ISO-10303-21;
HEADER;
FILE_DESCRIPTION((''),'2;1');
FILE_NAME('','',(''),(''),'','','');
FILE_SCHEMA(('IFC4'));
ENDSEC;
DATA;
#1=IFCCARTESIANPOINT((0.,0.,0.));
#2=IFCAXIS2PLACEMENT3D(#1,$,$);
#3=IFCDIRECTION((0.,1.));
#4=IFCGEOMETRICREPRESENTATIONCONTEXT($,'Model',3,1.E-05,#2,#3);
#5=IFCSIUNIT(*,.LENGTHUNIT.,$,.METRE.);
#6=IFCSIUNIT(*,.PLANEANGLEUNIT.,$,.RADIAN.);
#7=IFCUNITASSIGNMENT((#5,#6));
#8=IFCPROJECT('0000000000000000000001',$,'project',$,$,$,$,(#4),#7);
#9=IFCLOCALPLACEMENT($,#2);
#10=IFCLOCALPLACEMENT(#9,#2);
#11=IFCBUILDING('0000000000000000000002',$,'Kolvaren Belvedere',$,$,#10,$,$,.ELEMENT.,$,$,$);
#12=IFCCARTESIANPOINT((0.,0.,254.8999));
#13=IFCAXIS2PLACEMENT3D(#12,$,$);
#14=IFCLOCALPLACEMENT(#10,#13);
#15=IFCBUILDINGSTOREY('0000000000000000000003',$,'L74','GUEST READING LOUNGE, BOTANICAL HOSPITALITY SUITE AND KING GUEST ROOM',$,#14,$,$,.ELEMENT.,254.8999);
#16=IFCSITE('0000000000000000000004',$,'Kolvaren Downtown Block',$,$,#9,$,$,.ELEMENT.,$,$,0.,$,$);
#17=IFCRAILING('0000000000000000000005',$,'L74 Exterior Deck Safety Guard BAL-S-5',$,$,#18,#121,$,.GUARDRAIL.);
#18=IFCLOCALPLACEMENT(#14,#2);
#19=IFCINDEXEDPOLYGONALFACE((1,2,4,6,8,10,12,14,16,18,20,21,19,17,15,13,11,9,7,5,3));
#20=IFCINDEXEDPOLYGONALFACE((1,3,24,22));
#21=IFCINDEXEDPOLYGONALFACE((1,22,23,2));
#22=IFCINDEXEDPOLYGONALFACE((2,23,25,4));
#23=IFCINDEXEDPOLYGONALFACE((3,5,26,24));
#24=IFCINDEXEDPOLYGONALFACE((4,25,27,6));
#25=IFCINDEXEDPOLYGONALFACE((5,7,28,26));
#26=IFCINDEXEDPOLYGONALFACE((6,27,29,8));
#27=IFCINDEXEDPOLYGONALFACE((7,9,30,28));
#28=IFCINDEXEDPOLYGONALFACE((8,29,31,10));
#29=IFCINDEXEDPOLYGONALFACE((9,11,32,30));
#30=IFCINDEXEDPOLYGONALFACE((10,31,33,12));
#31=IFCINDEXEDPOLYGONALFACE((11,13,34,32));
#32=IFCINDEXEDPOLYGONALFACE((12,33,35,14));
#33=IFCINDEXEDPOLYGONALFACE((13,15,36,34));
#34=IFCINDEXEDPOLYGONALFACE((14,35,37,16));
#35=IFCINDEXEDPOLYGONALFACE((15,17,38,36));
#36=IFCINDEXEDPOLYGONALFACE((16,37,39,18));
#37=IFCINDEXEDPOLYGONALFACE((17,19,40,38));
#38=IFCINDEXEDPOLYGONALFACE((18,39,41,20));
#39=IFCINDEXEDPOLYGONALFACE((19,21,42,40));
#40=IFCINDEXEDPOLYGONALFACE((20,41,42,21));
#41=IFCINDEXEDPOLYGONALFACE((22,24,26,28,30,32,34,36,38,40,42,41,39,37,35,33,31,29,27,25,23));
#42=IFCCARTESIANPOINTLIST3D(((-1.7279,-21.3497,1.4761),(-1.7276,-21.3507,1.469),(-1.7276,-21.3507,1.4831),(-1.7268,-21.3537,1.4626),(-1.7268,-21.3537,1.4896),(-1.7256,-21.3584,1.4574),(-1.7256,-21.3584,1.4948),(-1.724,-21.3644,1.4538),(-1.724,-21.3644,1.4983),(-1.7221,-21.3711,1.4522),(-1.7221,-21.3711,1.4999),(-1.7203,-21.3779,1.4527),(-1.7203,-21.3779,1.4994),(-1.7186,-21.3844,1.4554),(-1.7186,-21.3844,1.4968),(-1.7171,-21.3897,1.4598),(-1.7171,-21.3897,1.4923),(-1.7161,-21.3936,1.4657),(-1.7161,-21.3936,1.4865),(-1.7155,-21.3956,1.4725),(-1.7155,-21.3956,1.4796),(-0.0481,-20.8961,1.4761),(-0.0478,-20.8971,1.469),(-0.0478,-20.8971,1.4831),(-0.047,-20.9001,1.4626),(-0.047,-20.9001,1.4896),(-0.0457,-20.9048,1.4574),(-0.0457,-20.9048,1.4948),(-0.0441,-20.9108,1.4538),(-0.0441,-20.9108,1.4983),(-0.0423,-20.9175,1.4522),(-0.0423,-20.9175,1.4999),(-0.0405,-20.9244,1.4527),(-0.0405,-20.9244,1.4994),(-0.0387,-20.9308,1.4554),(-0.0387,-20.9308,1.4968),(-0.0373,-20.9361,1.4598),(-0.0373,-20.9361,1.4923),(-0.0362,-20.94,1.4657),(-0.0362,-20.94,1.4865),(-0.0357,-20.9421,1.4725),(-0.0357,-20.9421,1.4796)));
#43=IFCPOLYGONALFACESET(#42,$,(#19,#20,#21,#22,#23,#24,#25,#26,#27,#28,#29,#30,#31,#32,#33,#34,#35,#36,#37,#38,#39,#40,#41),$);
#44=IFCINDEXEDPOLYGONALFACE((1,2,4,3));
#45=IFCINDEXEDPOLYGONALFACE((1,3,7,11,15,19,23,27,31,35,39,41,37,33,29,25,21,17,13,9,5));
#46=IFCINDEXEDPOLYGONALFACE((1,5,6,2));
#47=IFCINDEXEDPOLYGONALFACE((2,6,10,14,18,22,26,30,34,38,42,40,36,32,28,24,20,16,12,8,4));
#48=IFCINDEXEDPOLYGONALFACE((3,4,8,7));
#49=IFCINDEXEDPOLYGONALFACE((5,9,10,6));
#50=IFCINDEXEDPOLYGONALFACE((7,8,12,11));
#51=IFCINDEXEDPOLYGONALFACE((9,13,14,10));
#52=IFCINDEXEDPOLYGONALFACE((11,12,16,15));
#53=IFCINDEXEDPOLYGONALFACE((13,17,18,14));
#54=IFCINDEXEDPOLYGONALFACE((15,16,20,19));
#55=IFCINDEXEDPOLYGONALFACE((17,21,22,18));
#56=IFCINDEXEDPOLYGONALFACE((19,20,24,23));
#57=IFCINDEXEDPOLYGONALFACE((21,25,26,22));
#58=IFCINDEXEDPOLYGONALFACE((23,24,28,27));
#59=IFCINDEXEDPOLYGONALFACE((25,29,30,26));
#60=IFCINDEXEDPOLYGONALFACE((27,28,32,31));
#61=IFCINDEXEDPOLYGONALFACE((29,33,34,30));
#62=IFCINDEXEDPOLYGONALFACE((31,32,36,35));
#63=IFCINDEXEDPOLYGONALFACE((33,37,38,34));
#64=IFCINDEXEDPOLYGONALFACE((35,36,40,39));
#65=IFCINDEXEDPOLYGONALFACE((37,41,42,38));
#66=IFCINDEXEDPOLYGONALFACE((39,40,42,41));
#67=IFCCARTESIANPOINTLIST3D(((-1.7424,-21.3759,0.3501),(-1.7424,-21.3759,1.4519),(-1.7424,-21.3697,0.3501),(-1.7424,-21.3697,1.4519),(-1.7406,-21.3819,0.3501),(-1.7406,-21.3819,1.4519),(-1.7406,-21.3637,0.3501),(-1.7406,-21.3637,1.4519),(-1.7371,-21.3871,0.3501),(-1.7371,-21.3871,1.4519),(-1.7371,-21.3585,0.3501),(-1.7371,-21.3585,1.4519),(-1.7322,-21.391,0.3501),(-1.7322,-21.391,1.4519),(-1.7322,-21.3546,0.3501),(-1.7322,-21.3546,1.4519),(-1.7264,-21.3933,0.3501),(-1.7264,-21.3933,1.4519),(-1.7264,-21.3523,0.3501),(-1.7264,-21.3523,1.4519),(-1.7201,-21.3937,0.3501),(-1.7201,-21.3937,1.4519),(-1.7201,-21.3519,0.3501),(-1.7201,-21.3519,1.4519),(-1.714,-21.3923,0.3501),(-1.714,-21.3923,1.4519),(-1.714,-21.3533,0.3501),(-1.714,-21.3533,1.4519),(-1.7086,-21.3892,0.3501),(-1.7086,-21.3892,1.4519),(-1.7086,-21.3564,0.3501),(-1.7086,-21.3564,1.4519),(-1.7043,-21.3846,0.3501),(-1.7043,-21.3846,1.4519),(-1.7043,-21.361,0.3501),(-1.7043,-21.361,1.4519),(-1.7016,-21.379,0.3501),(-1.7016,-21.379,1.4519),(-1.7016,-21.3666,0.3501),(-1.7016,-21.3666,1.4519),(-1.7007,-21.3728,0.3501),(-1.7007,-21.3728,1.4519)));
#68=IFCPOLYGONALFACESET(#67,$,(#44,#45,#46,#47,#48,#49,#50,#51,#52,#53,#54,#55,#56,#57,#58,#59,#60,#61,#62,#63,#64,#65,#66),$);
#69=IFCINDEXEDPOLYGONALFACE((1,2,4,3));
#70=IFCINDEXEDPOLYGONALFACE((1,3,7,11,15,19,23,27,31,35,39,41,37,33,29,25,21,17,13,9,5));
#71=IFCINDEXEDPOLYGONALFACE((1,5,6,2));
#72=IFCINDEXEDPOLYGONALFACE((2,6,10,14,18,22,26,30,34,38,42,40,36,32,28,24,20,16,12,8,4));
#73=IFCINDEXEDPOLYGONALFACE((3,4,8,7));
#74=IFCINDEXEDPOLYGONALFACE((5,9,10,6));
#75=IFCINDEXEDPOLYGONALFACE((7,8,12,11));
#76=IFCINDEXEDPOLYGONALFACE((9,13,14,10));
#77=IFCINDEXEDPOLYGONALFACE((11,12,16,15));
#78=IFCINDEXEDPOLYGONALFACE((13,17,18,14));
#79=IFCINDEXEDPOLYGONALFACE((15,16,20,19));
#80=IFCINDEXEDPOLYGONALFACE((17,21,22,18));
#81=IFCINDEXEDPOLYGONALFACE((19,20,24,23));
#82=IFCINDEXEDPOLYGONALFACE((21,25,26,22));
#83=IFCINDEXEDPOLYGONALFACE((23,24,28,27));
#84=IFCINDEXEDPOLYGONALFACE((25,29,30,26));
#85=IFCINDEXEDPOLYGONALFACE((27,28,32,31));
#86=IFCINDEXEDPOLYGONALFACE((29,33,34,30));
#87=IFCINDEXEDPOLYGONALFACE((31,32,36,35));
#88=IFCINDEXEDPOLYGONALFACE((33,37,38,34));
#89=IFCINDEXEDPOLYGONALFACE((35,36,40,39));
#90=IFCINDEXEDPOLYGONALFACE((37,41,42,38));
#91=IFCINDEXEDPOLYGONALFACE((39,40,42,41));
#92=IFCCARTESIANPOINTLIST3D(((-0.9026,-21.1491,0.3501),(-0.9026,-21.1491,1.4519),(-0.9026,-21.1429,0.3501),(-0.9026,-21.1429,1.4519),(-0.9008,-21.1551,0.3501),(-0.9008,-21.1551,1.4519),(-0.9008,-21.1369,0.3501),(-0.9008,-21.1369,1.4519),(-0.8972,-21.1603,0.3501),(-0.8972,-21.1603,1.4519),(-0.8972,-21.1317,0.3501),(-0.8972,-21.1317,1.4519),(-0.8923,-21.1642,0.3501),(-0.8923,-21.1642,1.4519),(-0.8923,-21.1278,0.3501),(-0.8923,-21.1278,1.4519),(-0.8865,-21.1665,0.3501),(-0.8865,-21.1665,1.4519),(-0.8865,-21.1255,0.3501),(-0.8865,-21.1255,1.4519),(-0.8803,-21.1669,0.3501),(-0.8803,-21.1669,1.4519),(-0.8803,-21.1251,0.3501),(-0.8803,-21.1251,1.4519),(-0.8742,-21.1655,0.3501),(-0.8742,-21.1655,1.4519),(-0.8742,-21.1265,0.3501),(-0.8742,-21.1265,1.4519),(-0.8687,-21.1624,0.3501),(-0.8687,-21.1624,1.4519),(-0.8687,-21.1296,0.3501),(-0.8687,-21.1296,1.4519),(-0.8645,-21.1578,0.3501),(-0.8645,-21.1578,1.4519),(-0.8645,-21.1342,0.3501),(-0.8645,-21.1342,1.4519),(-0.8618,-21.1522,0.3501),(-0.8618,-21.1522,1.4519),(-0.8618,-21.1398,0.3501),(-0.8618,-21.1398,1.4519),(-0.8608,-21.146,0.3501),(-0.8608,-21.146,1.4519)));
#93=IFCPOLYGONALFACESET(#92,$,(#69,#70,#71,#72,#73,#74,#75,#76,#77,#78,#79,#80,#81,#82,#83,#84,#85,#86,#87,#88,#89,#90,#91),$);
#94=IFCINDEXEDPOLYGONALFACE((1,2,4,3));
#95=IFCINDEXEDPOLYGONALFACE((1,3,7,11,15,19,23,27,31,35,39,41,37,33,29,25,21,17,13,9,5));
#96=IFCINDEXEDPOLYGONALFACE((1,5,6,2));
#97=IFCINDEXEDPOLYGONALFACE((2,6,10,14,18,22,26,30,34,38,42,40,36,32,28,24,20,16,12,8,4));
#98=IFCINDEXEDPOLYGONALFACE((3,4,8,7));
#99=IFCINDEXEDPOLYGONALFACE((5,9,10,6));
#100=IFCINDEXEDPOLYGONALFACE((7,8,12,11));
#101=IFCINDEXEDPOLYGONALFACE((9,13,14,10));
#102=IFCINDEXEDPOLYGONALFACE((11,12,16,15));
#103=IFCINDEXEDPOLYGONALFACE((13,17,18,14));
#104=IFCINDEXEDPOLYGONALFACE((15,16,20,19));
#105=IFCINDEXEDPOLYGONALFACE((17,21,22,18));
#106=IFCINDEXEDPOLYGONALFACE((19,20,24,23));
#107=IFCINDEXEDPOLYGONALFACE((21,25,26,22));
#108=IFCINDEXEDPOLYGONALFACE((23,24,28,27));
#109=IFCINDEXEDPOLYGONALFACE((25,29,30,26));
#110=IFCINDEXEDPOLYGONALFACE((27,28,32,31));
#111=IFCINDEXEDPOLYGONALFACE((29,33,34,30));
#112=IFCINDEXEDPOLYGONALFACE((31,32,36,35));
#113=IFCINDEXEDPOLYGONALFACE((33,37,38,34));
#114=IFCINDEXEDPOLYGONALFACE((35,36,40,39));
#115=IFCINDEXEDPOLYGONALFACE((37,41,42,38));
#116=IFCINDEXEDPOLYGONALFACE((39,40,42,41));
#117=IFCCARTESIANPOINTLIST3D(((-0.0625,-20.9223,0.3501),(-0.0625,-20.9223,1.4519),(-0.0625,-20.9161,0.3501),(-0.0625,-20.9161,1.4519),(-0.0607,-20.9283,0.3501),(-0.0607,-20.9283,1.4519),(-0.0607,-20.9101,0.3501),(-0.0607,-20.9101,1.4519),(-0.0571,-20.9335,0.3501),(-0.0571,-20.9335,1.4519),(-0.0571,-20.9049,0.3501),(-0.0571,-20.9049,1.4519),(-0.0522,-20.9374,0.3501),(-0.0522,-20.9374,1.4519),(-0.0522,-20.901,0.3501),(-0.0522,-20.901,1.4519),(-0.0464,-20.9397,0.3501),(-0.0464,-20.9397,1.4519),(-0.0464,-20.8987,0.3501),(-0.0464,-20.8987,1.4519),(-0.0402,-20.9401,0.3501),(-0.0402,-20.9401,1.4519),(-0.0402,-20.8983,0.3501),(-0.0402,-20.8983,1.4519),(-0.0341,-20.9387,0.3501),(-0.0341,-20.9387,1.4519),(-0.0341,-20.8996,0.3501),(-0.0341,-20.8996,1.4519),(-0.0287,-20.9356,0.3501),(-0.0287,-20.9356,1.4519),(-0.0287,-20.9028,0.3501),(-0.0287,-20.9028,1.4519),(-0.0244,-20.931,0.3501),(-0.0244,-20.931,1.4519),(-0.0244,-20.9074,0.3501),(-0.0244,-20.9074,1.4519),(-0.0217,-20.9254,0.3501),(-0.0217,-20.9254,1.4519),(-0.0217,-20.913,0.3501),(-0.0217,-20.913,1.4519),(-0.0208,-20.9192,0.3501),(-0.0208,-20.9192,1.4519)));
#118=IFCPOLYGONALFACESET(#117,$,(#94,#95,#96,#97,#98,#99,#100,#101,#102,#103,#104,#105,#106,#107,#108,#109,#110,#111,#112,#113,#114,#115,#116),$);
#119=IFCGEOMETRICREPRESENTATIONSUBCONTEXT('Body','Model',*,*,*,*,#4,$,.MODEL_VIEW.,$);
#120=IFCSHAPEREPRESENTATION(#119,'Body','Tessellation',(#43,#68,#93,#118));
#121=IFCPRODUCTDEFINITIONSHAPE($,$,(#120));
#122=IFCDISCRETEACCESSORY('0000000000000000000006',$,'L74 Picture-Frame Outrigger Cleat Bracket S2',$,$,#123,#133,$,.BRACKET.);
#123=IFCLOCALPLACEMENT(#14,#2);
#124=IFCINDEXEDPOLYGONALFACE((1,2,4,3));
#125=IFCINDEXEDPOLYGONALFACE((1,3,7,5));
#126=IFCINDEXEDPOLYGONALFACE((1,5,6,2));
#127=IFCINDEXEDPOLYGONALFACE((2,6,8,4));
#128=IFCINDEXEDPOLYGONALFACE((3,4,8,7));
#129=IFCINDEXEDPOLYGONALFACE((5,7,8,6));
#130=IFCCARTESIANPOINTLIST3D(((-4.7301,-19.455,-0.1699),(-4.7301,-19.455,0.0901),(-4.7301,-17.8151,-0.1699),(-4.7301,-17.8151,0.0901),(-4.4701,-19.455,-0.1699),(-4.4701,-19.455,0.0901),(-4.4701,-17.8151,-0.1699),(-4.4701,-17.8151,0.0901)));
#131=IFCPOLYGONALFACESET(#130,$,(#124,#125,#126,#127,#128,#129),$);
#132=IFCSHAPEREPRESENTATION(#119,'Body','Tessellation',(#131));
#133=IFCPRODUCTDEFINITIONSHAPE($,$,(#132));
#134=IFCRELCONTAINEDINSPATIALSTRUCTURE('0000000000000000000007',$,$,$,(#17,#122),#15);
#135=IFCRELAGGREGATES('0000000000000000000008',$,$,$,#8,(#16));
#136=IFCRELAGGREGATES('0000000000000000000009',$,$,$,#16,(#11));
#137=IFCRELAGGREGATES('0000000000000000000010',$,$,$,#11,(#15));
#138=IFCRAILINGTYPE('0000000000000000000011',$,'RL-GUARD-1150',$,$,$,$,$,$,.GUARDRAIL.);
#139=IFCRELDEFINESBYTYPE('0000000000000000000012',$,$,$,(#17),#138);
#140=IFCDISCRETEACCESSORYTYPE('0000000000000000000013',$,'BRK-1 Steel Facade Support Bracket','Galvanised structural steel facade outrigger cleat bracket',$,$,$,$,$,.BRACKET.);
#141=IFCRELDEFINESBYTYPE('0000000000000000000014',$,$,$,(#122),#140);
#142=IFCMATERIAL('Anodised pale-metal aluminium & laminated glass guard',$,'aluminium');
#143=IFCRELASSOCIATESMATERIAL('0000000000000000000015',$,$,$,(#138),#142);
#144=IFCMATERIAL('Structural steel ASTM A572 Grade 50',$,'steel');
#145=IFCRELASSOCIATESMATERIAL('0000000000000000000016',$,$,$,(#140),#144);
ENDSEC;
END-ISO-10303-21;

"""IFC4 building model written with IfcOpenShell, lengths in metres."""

from ifc_helpers import new_model, si_unit, direction, frame, origin, origin_2d, place, context, subcontext, project, spatial, rectangle, circle, extrude, material, type_object, element, save


model = new_model("IFC4")

# Units and contexts
model_context = context("Model", 3, precision=1e-05, world=origin(), true_north=direction((0.0, 1.0)))
body_context = subcontext(model_context, "Body", "Model", "MODEL_VIEW")
ifc_project = project(units=[si_unit("LENGTHUNIT", "METRE"), si_unit("PLANEANGLEUNIT", "RADIAN")], contexts=[model_context])

# Site, building, storey
site_placement = place(None, origin())
site = spatial("IfcSite", under=ifc_project, at=site_placement, Name="Kolvaren Downtown Block", CompositionType="ELEMENT", RefElevation=0.0)
building_placement = place(site_placement, origin())
building = spatial("IfcBuilding", under=site, at=building_placement, Name="Kolvaren Belvedere", CompositionType="ELEMENT")
storey_placement = place(building_placement, frame((0.0, 0.0, 254.8999)))
storey = spatial("IfcBuildingStorey", under=building, at=storey_placement, Name="L74", Description="GUEST READING LOUNGE, BOTANICAL HOSPITALITY SUITE AND KING GUEST ROOM", CompositionType="ELEMENT", Elevation=254.8999)

# Railing
ifc_material_1 = material(Name="Anodised pale-metal aluminium & laminated glass guard", Category="aluminium")
railing_type = type_object("IfcRailingType", Name="RL-GUARD-1150", PredefinedType="GUARDRAIL", material=ifc_material_1)
railing_1_placement = place(storey_placement, frame((-1.7217, -21.3728, 0.3501)))
element("IfcRailing", 1, at=railing_1_placement, inside=storey, type_object=railing_type, Name="L74 Exterior Deck Safety Guard BAL-S-5", PredefinedType="GUARDRAIL", context=body_context, shape_type="SweptSolid", body=[
    extrude(circle(Radius=0.0239, at=origin_2d()), frame((0.0, 0.0, 1.126), z_axis=(0.965424, 0.260683, 0.0), x_axis=(-0.260683, 0.965424, 0.0)), (0.0, 0.0, 1.0), 1.74),
    extrude(circle(Radius=0.021, at=origin_2d()), origin(), (0.0, 0.0, 1.0), 1.1018),
    extrude(circle(Radius=0.021, at=origin_2d()), frame((0.8398, 0.2268, 0.0)), (0.0, 0.0, 1.0), 1.1018),
    extrude(circle(Radius=0.021, at=origin_2d()), frame((1.6799, 0.4536, 0.0)), (0.0, 0.0, 1.0), 1.1018),
])

# Discrete accessory
ifc_material_2 = material(Name="Structural steel ASTM A572 Grade 50", Category="steel")
discrete_accessory_type = type_object("IfcDiscreteAccessoryType", Name="BRK-1 Steel Facade Support Bracket", Description="Galvanised structural steel facade outrigger cleat bracket", PredefinedType="BRACKET", material=ifc_material_2)
discrete_accessory_placement = place(storey_placement, frame((-4.6001, -18.635, -0.1699), z_axis=(0.0, 0.0, 1.0), x_axis=(0.0, 1.0, 0.0)))
element("IfcDiscreteAccessory", 2, at=discrete_accessory_placement, inside=storey, type_object=discrete_accessory_type, Name="L74 Picture-Frame Outrigger Cleat Bracket S2", PredefinedType="BRACKET", context=body_context, shape_type="SweptSolid", body=[
    extrude(rectangle(XDim=1.6399, YDim=0.26, at=origin_2d()), origin(), (0.0, 0.0, 1.0), 0.26),
])

save(model, "model.ifc")
